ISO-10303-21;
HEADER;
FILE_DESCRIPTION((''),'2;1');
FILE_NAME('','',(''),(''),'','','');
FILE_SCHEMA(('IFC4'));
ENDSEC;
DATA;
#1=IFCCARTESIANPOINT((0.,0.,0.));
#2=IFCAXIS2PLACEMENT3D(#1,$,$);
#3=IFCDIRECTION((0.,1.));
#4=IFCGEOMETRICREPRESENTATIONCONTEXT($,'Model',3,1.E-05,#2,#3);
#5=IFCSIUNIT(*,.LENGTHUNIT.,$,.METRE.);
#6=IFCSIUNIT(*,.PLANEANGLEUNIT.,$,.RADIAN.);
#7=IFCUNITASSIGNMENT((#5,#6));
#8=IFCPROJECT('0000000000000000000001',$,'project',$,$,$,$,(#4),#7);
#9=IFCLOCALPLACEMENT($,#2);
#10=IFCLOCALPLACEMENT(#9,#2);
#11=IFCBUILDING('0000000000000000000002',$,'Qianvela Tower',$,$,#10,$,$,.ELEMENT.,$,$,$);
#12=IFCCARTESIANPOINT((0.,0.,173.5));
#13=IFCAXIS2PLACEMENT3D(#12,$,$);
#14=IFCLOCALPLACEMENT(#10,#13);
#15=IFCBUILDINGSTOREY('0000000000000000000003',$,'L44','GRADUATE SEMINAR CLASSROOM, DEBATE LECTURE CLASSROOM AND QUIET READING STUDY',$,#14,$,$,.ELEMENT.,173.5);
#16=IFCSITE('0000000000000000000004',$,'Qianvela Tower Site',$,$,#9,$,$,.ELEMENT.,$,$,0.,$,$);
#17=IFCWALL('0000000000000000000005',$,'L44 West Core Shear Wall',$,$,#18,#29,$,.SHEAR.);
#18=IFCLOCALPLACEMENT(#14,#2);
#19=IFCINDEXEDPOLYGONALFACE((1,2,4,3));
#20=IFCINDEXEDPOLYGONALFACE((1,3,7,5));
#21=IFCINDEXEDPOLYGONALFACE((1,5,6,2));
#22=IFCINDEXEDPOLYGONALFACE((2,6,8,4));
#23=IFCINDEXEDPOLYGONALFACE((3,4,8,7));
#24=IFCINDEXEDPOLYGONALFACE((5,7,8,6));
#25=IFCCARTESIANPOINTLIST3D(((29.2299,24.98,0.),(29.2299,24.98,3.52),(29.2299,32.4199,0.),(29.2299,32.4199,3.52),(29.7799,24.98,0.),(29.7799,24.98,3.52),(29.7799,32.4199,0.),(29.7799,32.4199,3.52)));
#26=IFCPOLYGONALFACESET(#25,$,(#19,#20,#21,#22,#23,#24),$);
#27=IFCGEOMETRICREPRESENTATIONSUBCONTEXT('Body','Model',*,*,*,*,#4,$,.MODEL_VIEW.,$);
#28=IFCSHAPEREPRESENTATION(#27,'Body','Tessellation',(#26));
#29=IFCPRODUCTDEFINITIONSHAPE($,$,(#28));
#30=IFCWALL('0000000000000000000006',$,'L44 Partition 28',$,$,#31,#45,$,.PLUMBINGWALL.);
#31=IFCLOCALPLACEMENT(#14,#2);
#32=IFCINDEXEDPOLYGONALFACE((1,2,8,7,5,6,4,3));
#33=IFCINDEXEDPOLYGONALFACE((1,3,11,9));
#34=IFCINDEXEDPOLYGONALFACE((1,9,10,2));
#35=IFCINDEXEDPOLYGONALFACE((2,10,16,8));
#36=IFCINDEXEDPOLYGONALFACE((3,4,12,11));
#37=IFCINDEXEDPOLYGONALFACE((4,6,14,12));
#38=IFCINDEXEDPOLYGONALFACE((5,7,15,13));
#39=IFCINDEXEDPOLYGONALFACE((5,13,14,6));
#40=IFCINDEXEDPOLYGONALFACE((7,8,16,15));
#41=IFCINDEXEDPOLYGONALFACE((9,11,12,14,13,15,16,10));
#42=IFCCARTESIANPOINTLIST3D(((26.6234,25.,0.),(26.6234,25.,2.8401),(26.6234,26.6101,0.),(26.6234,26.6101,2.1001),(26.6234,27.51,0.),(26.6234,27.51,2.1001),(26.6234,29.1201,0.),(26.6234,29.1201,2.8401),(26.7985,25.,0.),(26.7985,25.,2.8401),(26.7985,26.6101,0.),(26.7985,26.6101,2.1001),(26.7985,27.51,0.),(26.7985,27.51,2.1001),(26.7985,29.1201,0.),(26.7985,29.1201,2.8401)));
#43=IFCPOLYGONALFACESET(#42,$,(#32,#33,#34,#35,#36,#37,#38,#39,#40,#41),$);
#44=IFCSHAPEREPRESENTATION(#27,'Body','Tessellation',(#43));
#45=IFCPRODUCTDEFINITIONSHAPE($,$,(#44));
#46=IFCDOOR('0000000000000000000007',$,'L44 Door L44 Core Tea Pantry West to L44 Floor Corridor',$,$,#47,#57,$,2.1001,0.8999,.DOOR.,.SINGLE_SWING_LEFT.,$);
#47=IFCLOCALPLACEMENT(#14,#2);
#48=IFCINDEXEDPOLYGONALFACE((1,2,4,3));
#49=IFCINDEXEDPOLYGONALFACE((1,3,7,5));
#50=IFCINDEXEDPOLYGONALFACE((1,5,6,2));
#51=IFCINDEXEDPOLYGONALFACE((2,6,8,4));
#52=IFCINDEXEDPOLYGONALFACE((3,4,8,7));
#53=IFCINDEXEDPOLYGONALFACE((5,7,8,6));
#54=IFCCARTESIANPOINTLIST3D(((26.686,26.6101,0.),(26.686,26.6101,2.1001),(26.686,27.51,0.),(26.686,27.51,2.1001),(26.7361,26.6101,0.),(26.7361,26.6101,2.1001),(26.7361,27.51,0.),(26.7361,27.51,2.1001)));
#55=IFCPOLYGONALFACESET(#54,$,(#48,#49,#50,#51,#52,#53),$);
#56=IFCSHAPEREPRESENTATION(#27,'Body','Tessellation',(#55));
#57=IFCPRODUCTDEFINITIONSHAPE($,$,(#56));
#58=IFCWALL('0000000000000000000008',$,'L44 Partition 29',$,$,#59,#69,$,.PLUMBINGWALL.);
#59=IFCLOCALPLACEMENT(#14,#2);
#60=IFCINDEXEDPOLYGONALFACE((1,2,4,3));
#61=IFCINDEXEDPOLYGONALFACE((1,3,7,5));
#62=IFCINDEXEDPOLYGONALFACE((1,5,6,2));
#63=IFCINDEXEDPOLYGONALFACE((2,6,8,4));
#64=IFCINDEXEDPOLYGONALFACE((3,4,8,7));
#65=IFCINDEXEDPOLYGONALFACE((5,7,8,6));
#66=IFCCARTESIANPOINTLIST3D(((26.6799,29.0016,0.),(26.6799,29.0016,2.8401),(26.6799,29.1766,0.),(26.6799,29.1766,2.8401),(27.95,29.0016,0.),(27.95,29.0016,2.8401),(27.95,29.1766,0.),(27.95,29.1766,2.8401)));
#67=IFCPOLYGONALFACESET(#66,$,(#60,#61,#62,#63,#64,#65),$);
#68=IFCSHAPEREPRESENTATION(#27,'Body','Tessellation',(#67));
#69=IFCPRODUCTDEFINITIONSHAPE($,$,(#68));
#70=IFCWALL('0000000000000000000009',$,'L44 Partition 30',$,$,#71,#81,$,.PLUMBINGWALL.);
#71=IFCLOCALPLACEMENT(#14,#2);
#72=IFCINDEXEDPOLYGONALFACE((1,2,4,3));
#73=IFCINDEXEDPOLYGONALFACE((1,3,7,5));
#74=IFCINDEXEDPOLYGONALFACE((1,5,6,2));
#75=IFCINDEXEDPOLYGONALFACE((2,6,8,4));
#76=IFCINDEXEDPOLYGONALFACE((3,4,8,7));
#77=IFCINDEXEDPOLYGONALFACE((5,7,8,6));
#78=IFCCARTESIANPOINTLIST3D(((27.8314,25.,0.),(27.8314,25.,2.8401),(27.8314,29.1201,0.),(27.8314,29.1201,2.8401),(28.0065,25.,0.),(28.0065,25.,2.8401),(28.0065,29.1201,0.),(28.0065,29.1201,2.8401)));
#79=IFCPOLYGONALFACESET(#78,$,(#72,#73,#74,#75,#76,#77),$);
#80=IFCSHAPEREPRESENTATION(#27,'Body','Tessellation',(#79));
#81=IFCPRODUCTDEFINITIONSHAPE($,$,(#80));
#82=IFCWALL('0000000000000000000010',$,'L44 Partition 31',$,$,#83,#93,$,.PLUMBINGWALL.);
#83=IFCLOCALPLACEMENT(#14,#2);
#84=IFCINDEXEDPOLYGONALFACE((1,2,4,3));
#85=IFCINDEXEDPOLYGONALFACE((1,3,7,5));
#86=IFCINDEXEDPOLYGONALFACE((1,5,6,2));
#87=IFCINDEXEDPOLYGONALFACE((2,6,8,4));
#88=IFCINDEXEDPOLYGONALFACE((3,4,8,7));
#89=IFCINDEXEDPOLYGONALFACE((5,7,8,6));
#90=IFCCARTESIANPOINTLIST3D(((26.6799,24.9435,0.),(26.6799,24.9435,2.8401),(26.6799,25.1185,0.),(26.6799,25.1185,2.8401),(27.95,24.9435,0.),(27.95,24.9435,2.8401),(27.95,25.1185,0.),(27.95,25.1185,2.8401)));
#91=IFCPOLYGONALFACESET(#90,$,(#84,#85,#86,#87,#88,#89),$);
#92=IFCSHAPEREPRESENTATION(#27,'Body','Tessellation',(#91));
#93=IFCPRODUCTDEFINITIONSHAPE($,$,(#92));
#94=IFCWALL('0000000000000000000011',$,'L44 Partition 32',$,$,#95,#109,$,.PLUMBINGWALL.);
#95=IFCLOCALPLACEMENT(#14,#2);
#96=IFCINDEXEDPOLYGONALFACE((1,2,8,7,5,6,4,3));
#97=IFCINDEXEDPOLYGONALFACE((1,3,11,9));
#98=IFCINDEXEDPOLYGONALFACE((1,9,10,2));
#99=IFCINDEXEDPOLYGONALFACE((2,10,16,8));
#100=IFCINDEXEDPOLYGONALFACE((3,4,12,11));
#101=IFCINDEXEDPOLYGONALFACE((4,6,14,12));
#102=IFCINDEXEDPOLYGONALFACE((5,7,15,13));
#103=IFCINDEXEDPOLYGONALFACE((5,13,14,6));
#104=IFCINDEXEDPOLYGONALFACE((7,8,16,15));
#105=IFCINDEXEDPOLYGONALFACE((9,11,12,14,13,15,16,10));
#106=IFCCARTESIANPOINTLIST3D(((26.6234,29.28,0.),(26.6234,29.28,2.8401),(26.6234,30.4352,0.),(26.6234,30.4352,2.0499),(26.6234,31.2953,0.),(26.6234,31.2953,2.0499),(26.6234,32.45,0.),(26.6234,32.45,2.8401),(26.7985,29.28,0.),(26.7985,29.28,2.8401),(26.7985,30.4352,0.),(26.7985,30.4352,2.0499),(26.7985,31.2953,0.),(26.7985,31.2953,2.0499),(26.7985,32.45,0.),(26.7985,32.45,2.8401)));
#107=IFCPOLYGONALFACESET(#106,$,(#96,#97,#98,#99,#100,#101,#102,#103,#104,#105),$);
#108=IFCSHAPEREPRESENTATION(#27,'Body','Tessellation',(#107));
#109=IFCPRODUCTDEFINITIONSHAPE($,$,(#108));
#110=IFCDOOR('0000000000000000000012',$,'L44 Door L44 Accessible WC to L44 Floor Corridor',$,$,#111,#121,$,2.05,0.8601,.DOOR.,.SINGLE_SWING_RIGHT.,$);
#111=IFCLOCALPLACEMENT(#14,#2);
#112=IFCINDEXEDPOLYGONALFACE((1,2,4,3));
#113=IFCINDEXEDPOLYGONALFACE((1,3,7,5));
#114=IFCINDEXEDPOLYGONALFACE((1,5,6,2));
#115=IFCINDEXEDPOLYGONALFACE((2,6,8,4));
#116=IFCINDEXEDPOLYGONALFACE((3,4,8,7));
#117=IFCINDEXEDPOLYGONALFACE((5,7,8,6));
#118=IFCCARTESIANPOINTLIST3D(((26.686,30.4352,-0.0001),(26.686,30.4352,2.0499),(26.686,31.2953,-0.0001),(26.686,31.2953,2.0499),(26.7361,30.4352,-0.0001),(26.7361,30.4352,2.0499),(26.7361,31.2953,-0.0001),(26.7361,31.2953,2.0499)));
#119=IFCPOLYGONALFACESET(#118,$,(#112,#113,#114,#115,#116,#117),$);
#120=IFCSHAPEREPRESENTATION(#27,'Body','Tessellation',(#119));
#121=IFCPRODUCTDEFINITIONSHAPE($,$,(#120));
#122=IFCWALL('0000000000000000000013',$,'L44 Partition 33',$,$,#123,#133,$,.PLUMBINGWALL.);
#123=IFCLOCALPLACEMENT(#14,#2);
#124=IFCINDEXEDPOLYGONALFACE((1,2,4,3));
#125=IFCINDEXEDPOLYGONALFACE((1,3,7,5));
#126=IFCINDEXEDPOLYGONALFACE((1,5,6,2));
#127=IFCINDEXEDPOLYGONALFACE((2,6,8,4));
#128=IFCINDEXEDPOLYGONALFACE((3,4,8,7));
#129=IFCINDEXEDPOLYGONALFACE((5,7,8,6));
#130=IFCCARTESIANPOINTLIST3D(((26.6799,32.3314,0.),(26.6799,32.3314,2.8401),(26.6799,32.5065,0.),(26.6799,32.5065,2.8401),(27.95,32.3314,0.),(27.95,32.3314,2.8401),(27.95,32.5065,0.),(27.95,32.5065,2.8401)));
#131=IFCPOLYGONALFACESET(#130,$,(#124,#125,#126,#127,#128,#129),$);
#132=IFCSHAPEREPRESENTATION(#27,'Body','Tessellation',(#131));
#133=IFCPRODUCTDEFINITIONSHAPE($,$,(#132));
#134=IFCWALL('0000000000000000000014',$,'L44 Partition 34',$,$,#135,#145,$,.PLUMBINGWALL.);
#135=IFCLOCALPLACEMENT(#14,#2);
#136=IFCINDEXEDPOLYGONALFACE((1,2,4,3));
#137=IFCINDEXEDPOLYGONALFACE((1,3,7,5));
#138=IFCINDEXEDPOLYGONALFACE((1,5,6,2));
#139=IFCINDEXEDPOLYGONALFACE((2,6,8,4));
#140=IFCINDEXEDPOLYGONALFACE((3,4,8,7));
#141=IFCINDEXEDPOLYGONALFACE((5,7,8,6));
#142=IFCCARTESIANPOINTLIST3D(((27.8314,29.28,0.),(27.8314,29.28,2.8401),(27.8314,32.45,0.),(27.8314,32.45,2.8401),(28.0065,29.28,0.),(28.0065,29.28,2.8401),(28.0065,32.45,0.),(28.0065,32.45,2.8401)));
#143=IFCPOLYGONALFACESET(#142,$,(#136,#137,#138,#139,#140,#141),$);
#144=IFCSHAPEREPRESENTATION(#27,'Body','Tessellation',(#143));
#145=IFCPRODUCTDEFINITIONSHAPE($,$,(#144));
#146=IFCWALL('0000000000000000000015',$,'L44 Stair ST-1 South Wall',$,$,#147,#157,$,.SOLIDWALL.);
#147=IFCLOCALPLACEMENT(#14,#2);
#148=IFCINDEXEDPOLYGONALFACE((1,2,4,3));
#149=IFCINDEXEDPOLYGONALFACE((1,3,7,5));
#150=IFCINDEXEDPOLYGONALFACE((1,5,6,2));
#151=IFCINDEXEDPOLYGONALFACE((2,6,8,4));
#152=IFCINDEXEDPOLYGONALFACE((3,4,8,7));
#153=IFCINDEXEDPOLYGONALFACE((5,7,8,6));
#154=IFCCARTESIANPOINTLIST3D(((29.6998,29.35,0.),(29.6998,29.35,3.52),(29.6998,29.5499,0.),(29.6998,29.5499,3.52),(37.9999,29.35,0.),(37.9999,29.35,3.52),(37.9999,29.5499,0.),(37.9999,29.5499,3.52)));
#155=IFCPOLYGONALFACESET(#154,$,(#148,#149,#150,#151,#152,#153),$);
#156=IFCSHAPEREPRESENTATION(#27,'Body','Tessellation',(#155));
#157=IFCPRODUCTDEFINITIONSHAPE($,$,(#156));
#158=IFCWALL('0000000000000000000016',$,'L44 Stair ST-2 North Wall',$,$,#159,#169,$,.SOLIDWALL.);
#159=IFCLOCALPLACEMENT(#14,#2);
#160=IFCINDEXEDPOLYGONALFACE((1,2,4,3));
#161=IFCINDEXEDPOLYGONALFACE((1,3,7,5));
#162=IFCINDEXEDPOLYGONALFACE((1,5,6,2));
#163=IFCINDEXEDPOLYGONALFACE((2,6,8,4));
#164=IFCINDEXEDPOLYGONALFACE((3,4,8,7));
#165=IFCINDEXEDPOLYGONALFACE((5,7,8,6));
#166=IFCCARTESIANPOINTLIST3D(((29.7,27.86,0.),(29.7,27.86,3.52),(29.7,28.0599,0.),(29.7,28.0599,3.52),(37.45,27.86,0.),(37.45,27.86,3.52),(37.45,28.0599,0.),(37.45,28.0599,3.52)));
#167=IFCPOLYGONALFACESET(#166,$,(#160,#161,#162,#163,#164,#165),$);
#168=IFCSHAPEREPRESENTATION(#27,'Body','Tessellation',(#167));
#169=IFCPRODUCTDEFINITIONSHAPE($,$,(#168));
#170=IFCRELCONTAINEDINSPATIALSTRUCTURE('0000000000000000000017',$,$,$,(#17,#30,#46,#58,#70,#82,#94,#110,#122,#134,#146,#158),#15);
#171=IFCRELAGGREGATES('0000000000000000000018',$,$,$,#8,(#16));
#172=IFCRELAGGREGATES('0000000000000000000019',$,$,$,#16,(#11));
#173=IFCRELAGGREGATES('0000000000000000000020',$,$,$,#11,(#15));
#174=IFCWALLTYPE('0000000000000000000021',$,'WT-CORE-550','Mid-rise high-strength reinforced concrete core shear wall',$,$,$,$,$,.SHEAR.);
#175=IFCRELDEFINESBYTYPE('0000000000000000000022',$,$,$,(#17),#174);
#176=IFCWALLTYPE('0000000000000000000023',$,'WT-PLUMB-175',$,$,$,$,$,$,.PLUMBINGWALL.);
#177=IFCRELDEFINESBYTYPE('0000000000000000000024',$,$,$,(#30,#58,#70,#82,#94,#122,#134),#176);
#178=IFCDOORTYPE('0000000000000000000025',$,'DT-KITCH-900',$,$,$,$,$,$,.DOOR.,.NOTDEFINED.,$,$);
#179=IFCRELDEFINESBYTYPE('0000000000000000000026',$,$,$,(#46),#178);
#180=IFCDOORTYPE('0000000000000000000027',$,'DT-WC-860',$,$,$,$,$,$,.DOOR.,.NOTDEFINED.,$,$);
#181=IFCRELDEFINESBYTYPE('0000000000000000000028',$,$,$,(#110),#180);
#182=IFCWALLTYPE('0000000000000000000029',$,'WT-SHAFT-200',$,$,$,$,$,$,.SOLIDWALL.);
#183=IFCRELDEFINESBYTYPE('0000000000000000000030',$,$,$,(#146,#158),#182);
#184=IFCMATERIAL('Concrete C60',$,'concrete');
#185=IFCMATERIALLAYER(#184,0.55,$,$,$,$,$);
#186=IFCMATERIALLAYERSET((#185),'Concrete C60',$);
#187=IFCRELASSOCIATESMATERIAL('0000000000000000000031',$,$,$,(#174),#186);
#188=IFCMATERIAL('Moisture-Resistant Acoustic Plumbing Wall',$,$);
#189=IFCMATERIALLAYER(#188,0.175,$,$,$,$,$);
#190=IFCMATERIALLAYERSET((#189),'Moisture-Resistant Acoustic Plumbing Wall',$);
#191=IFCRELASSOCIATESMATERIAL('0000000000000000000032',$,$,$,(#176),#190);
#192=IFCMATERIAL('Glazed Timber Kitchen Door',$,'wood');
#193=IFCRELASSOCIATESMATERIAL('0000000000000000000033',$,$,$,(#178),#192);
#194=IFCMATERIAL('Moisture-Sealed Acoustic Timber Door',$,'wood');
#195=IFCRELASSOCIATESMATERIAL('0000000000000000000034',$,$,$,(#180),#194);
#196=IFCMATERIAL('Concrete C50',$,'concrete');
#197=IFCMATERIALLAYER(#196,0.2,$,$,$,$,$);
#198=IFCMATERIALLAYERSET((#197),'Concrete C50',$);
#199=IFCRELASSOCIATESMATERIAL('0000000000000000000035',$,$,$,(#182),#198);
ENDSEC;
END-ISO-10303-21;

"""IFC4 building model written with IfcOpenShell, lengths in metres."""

from ifc_helpers import new_model, si_unit, direction, frame, frame_2d, origin, place, context, subcontext, project, spatial, rectangle, extrude, material, layer, layer_set, type_object, element, fill, save


model = new_model("IFC4")

# Units and contexts
model_context = context("Model", 3, precision=1e-05, world=origin(), true_north=direction((0.0, 1.0)))
body_context = subcontext(model_context, "Body", "Model", "MODEL_VIEW")
ifc_project = project(units=[si_unit("LENGTHUNIT", "METRE"), si_unit("PLANEANGLEUNIT", "RADIAN")], contexts=[model_context])

# Site, building, storey
site_placement = place(None, origin())
site = spatial("IfcSite", under=ifc_project, at=site_placement, Name="Qianvela Tower Site", CompositionType="ELEMENT", RefElevation=0.0)
building_placement = place(site_placement, origin())
building = spatial("IfcBuilding", under=site, at=building_placement, Name="Qianvela Tower", CompositionType="ELEMENT")
storey_placement = place(building_placement, frame((0.0, 0.0, 173.5)))
storey = spatial("IfcBuildingStorey", under=building, at=storey_placement, Name="L44", Description="GRADUATE SEMINAR CLASSROOM, DEBATE LECTURE CLASSROOM AND QUIET READING STUDY", CompositionType="ELEMENT", Elevation=173.5)

# Wall
ifc_material_1 = material(Name="Concrete C60", Category="concrete")
ifc_layer_1 = layer(ifc_material_1, 0.55)
ifc_layer_set_1 = layer_set([ifc_layer_1], Name="Concrete C60")
wall_type_1 = type_object("IfcWallType", Name="WT-CORE-550", Description="Mid-rise high-strength reinforced concrete core shear wall", PredefinedType="SHEAR", material=ifc_layer_set_1)
wall_1_placement = place(storey_placement, frame((29.5049, 24.98, 0.0), z_axis=(0.0, 0.0, 1.0), x_axis=(0.0, 1.0, 0.0)))
element("IfcWall", 1, at=wall_1_placement, inside=storey, type_object=wall_type_1, Name="L44 West Core Shear Wall", PredefinedType="SHEAR", context=body_context, shape_type="SweptSolid", body=[
    extrude(rectangle(XDim=7.4399, YDim=0.55, at=frame_2d((3.72, 0.0))), origin(), (0.0, 0.0, 1.0), 3.52),
])

# Wall, opening, door
ifc_material_2 = material(Name="Moisture-Resistant Acoustic Plumbing Wall")
ifc_layer_2 = layer(ifc_material_2, 0.175)
ifc_layer_set_2 = layer_set([ifc_layer_2], Name="Moisture-Resistant Acoustic Plumbing Wall")
wall_type_2 = type_object("IfcWallType", Name="WT-PLUMB-175", PredefinedType="PLUMBINGWALL", material=ifc_layer_set_2)
wall_2_placement = place(storey_placement, frame((26.7109, 25.0, 0.0), z_axis=(0.0, 0.0, 1.0), x_axis=(0.0, 1.0, 0.0)))
wall_2 = element("IfcWall", 2, at=wall_2_placement, inside=storey, type_object=wall_type_2, Name="L44 Partition 28", PredefinedType="PLUMBINGWALL", context=body_context, shape_type="SweptSolid", body=[
    extrude(rectangle(XDim=4.1201, YDim=0.175, at=frame_2d((2.0601, 0.0))), origin(), (0.0, 0.0, 1.0), 2.8401),
])
opening_1_placement = place(wall_2_placement, frame((1.6101, 0.0, 0.0)))
opening_1 = element("IfcOpeningElement", 3, at=opening_1_placement, cuts=wall_2, PredefinedType="OPENING", context=body_context, shape_type="SweptSolid", body=[
    extrude(rectangle(XDim=0.8999, YDim=2.1001, at=frame_2d((0.45, 1.05))), frame((0.0, 0.0974, 0.0), z_axis=(0.0, -1.0, 0.0), x_axis=(1.0, 0.0, 0.0)), (0.0, 0.0, 1.0), 0.1951),
])
ifc_material_3 = material(Name="Glazed Timber Kitchen Door", Category="wood")
door_type_1 = type_object("IfcDoorType", Name="DT-KITCH-900", OperationType="NOTDEFINED", PredefinedType="DOOR", material=ifc_material_3)
door_1_placement = place(opening_1_placement, origin())
door_1 = element("IfcDoor", 4, at=door_1_placement, inside=storey, type_object=door_type_1, Name="L44 Door L44 Core Tea Pantry West to L44 Floor Corridor", OperationType="SINGLE_SWING_LEFT", OverallHeight=2.1001, OverallWidth=0.8999, PredefinedType="DOOR", context=body_context, shape_type="SweptSolid", body=[
    extrude(rectangle(XDim=0.8999, YDim=2.1001, at=frame_2d((0.45, 1.05))), frame((0.0, 0.0249, 0.0), z_axis=(0.0, -1.0, 0.0), x_axis=(1.0, 0.0, 0.0)), (0.0, 0.0, 1.0), 0.05),
])
fill(opening_1, door_1)

# Walls
wall_3_placement = place(storey_placement, frame((26.6799, 29.0891, 0.0), z_axis=(0.0, 0.0, 1.0), x_axis=(1.0, 0.0, 0.0)))
element("IfcWall", 5, at=wall_3_placement, inside=storey, type_object=wall_type_2, Name="L44 Partition 29", PredefinedType="PLUMBINGWALL", context=body_context, shape_type="SweptSolid", body=[
    extrude(rectangle(XDim=1.27, YDim=0.175, at=frame_2d((0.635, 0.0))), origin(), (0.0, 0.0, 1.0), 2.8401),
])
wall_4_placement = place(storey_placement, frame((27.9189, 29.1201, 0.0), z_axis=(0.0, 0.0, 1.0), x_axis=(0.0, -1.0, 0.0)))
element("IfcWall", 6, at=wall_4_placement, inside=storey, type_object=wall_type_2, Name="L44 Partition 30", PredefinedType="PLUMBINGWALL", context=body_context, shape_type="SweptSolid", body=[
    extrude(rectangle(XDim=4.1201, YDim=0.175, at=frame_2d((2.0601, 0.0))), origin(), (0.0, 0.0, 1.0), 2.8401),
])
wall_5_placement = place(storey_placement, frame((27.95, 25.031, 0.0), z_axis=(0.0, 0.0, 1.0), x_axis=(-1.0, 0.0, 0.0)))
element("IfcWall", 7, at=wall_5_placement, inside=storey, type_object=wall_type_2, Name="L44 Partition 31", PredefinedType="PLUMBINGWALL", context=body_context, shape_type="SweptSolid", body=[
    extrude(rectangle(XDim=1.27, YDim=0.175, at=frame_2d((0.635, 0.0))), origin(), (0.0, 0.0, 1.0), 2.8401),
])

# Wall, opening, door
wall_6_placement = place(storey_placement, frame((26.7109, 29.28, 0.0), z_axis=(0.0, 0.0, 1.0), x_axis=(0.0, 1.0, 0.0)))
wall_6 = element("IfcWall", 8, at=wall_6_placement, inside=storey, type_object=wall_type_2, Name="L44 Partition 32", PredefinedType="PLUMBINGWALL", context=body_context, shape_type="SweptSolid", body=[
    extrude(rectangle(XDim=3.1699, YDim=0.175, at=frame_2d((1.585, 0.0))), origin(), (0.0, 0.0, 1.0), 2.8401),
])
opening_2_placement = place(wall_6_placement, frame((1.155, 0.0, 0.0)))
opening_2 = element("IfcOpeningElement", 9, at=opening_2_placement, cuts=wall_6, PredefinedType="OPENING", context=body_context, shape_type="SweptSolid", body=[
    extrude(rectangle(XDim=0.8601, YDim=2.05, at=frame_2d((0.4302, 1.0249))), frame((0.0, 0.0974, 0.0), z_axis=(0.0, -1.0, 0.0), x_axis=(1.0, 0.0, 0.0)), (0.0, 0.0, 1.0), 0.1951),
])
ifc_material_4 = material(Name="Moisture-Sealed Acoustic Timber Door", Category="wood")
door_type_2 = type_object("IfcDoorType", Name="DT-WC-860", OperationType="NOTDEFINED", PredefinedType="DOOR", material=ifc_material_4)
door_2_placement = place(opening_2_placement, origin())
door_2 = element("IfcDoor", 10, at=door_2_placement, inside=storey, type_object=door_type_2, Name="L44 Door L44 Accessible WC to L44 Floor Corridor", OperationType="SINGLE_SWING_RIGHT", OverallHeight=2.05, OverallWidth=0.8601, PredefinedType="DOOR", context=body_context, shape_type="SweptSolid", body=[
    extrude(rectangle(XDim=0.8601, YDim=2.05, at=frame_2d((0.4302, 1.0249))), frame((0.0, 0.0249, 0.0), z_axis=(0.0, -1.0, 0.0), x_axis=(1.0, 0.0, 0.0)), (0.0, 0.0, 1.0), 0.05),
])
fill(opening_2, door_2)

# Walls
wall_7_placement = place(storey_placement, frame((26.6799, 32.4189, 0.0), z_axis=(0.0, 0.0, 1.0), x_axis=(1.0, 0.0, 0.0)))
element("IfcWall", 11, at=wall_7_placement, inside=storey, type_object=wall_type_2, Name="L44 Partition 33", PredefinedType="PLUMBINGWALL", context=body_context, shape_type="SweptSolid", body=[
    extrude(rectangle(XDim=1.27, YDim=0.175, at=frame_2d((0.635, 0.0))), origin(), (0.0, 0.0, 1.0), 2.8401),
])
wall_8_placement = place(storey_placement, frame((27.9189, 32.45, 0.0), z_axis=(0.0, 0.0, 1.0), x_axis=(0.0, -1.0, 0.0)))
element("IfcWall", 12, at=wall_8_placement, inside=storey, type_object=wall_type_2, Name="L44 Partition 34", PredefinedType="PLUMBINGWALL", context=body_context, shape_type="SweptSolid", body=[
    extrude(rectangle(XDim=3.1699, YDim=0.175, at=frame_2d((1.585, 0.0))), origin(), (0.0, 0.0, 1.0), 2.8401),
])
ifc_material_5 = material(Name="Concrete C50", Category="concrete")
ifc_layer_3 = layer(ifc_material_5, 0.2)
ifc_layer_set_3 = layer_set([ifc_layer_3], Name="Concrete C50")
wall_type_3 = type_object("IfcWallType", Name="WT-SHAFT-200", PredefinedType="SOLIDWALL", material=ifc_layer_set_3)
wall_9_placement = place(storey_placement, frame((29.7, 29.45, 0.0), z_axis=(0.0, 0.0, 1.0), x_axis=(1.0, 0.0, 0.0)))
element("IfcWall", 13, at=wall_9_placement, inside=storey, type_object=wall_type_3, Name="L44 Stair ST-1 South Wall", PredefinedType="SOLIDWALL", context=body_context, shape_type="SweptSolid", body=[
    extrude(rectangle(XDim=8.3, YDim=0.2, at=frame_2d((4.1499, 0.0))), origin(), (0.0, 0.0, 1.0), 3.52),
])
wall_10_placement = place(storey_placement, frame((29.7, 27.96, 0.0), z_axis=(0.0, 0.0, 1.0), x_axis=(1.0, 0.0, 0.0)))
element("IfcWall", 14, at=wall_10_placement, inside=storey, type_object=wall_type_3, Name="L44 Stair ST-2 North Wall", PredefinedType="SOLIDWALL", context=body_context, shape_type="SweptSolid", body=[
    extrude(rectangle(XDim=7.75, YDim=0.2, at=frame_2d((3.875, 0.0))), origin(), (0.0, 0.0, 1.0), 3.52),
])

save(model, "model.ifc")
